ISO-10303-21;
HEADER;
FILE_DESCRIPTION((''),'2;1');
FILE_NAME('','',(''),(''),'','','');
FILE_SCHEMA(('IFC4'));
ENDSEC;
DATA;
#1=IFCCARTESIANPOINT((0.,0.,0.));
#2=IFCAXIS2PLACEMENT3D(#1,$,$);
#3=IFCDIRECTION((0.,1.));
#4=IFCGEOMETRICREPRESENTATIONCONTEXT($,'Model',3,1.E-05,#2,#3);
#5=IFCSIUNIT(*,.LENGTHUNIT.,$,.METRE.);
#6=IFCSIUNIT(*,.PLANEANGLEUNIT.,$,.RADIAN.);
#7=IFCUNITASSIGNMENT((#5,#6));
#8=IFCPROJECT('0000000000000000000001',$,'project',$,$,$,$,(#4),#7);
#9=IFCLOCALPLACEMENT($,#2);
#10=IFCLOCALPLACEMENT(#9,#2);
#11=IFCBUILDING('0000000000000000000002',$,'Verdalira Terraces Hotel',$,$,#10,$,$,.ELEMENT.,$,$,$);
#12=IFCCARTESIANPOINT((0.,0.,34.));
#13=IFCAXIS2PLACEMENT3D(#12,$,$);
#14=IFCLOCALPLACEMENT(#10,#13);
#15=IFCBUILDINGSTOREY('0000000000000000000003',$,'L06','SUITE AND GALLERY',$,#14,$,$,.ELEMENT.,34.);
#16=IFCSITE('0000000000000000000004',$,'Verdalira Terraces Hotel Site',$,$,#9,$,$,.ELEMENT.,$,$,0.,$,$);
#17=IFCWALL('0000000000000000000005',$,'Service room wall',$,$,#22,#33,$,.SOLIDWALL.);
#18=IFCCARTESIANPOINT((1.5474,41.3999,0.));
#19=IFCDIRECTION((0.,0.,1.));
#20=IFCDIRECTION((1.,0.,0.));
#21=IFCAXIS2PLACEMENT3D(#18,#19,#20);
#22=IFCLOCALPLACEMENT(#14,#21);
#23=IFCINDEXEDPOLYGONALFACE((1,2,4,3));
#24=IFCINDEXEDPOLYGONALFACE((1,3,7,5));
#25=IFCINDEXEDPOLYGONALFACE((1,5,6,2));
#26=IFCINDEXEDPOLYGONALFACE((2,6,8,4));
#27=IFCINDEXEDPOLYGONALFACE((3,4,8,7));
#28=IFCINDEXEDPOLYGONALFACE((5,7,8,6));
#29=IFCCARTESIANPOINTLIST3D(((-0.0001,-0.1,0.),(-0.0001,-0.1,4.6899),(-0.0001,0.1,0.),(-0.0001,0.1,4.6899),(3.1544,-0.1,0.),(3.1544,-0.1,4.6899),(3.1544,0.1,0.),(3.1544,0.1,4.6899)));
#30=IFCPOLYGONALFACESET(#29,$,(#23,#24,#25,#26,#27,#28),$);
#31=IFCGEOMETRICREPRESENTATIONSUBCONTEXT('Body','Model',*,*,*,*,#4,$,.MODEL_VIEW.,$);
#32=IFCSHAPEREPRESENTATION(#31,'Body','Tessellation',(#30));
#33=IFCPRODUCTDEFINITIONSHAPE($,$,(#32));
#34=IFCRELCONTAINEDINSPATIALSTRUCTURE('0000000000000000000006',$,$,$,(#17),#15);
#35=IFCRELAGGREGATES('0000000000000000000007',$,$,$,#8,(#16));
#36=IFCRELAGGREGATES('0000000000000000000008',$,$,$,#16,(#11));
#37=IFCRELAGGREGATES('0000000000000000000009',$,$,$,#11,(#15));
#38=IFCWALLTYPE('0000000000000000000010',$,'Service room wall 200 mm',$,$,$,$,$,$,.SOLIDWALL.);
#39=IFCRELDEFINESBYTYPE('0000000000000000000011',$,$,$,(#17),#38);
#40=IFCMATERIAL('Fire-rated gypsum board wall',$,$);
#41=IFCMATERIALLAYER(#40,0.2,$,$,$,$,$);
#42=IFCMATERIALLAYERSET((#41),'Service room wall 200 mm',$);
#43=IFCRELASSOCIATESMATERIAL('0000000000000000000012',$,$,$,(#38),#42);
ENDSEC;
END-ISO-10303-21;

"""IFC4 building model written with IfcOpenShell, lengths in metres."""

from ifc_helpers import new_model, si_unit, direction, frame, frame_2d, origin, place, context, subcontext, project, spatial, rectangle, extrude, material, layer, layer_set, type_object, element, save


model = new_model("IFC4")

# Units and contexts
model_context = context("Model", 3, precision=1e-05, world=origin(), true_north=direction((0.0, 1.0)))
body_context = subcontext(model_context, "Body", "Model", "MODEL_VIEW")
ifc_project = project(units=[si_unit("LENGTHUNIT", "METRE"), si_unit("PLANEANGLEUNIT", "RADIAN")], contexts=[model_context])

# Site, building, storey
site_placement = place(None, origin())
site = spatial("IfcSite", under=ifc_project, at=site_placement, Name="Verdalira Terraces Hotel Site", CompositionType="ELEMENT", RefElevation=0.0)
building_placement = place(site_placement, origin())
building = spatial("IfcBuilding", under=site, at=building_placement, Name="Verdalira Terraces Hotel", CompositionType="ELEMENT")
storey_placement = place(building_placement, frame((0.0, 0.0, 34.0)))
storey = spatial("IfcBuildingStorey", under=building, at=storey_placement, Name="L06", Description="SUITE AND GALLERY", CompositionType="ELEMENT", Elevation=34.0)

# Wall
ifc_material_1 = material(Name="Fire-rated gypsum board wall")
ifc_layer_1 = layer(ifc_material_1, 0.2)
ifc_layer_set_1 = layer_set([ifc_layer_1], Name="Service room wall 200 mm")
wall_type_1 = type_object("IfcWallType", Name="Service room wall 200 mm", PredefinedType="SOLIDWALL", material=ifc_layer_set_1)
wall_1_placement = place(storey_placement, frame((1.5474, 41.3999, 0.0), z_axis=(0.0, 0.0, 1.0), x_axis=(1.0, 0.0, 0.0)))
element("IfcWall", 1, at=wall_1_placement, inside=storey, type_object=wall_type_1, Name="Service room wall", PredefinedType="SOLIDWALL", context=body_context, shape_type="SweptSolid", body=[
    extrude(rectangle(XDim=3.1545, YDim=0.2, at=frame_2d((1.5771, 0.0))), origin(), (0.0, 0.0, 1.0), 4.6899),
])

save(model, "model.ifc")
